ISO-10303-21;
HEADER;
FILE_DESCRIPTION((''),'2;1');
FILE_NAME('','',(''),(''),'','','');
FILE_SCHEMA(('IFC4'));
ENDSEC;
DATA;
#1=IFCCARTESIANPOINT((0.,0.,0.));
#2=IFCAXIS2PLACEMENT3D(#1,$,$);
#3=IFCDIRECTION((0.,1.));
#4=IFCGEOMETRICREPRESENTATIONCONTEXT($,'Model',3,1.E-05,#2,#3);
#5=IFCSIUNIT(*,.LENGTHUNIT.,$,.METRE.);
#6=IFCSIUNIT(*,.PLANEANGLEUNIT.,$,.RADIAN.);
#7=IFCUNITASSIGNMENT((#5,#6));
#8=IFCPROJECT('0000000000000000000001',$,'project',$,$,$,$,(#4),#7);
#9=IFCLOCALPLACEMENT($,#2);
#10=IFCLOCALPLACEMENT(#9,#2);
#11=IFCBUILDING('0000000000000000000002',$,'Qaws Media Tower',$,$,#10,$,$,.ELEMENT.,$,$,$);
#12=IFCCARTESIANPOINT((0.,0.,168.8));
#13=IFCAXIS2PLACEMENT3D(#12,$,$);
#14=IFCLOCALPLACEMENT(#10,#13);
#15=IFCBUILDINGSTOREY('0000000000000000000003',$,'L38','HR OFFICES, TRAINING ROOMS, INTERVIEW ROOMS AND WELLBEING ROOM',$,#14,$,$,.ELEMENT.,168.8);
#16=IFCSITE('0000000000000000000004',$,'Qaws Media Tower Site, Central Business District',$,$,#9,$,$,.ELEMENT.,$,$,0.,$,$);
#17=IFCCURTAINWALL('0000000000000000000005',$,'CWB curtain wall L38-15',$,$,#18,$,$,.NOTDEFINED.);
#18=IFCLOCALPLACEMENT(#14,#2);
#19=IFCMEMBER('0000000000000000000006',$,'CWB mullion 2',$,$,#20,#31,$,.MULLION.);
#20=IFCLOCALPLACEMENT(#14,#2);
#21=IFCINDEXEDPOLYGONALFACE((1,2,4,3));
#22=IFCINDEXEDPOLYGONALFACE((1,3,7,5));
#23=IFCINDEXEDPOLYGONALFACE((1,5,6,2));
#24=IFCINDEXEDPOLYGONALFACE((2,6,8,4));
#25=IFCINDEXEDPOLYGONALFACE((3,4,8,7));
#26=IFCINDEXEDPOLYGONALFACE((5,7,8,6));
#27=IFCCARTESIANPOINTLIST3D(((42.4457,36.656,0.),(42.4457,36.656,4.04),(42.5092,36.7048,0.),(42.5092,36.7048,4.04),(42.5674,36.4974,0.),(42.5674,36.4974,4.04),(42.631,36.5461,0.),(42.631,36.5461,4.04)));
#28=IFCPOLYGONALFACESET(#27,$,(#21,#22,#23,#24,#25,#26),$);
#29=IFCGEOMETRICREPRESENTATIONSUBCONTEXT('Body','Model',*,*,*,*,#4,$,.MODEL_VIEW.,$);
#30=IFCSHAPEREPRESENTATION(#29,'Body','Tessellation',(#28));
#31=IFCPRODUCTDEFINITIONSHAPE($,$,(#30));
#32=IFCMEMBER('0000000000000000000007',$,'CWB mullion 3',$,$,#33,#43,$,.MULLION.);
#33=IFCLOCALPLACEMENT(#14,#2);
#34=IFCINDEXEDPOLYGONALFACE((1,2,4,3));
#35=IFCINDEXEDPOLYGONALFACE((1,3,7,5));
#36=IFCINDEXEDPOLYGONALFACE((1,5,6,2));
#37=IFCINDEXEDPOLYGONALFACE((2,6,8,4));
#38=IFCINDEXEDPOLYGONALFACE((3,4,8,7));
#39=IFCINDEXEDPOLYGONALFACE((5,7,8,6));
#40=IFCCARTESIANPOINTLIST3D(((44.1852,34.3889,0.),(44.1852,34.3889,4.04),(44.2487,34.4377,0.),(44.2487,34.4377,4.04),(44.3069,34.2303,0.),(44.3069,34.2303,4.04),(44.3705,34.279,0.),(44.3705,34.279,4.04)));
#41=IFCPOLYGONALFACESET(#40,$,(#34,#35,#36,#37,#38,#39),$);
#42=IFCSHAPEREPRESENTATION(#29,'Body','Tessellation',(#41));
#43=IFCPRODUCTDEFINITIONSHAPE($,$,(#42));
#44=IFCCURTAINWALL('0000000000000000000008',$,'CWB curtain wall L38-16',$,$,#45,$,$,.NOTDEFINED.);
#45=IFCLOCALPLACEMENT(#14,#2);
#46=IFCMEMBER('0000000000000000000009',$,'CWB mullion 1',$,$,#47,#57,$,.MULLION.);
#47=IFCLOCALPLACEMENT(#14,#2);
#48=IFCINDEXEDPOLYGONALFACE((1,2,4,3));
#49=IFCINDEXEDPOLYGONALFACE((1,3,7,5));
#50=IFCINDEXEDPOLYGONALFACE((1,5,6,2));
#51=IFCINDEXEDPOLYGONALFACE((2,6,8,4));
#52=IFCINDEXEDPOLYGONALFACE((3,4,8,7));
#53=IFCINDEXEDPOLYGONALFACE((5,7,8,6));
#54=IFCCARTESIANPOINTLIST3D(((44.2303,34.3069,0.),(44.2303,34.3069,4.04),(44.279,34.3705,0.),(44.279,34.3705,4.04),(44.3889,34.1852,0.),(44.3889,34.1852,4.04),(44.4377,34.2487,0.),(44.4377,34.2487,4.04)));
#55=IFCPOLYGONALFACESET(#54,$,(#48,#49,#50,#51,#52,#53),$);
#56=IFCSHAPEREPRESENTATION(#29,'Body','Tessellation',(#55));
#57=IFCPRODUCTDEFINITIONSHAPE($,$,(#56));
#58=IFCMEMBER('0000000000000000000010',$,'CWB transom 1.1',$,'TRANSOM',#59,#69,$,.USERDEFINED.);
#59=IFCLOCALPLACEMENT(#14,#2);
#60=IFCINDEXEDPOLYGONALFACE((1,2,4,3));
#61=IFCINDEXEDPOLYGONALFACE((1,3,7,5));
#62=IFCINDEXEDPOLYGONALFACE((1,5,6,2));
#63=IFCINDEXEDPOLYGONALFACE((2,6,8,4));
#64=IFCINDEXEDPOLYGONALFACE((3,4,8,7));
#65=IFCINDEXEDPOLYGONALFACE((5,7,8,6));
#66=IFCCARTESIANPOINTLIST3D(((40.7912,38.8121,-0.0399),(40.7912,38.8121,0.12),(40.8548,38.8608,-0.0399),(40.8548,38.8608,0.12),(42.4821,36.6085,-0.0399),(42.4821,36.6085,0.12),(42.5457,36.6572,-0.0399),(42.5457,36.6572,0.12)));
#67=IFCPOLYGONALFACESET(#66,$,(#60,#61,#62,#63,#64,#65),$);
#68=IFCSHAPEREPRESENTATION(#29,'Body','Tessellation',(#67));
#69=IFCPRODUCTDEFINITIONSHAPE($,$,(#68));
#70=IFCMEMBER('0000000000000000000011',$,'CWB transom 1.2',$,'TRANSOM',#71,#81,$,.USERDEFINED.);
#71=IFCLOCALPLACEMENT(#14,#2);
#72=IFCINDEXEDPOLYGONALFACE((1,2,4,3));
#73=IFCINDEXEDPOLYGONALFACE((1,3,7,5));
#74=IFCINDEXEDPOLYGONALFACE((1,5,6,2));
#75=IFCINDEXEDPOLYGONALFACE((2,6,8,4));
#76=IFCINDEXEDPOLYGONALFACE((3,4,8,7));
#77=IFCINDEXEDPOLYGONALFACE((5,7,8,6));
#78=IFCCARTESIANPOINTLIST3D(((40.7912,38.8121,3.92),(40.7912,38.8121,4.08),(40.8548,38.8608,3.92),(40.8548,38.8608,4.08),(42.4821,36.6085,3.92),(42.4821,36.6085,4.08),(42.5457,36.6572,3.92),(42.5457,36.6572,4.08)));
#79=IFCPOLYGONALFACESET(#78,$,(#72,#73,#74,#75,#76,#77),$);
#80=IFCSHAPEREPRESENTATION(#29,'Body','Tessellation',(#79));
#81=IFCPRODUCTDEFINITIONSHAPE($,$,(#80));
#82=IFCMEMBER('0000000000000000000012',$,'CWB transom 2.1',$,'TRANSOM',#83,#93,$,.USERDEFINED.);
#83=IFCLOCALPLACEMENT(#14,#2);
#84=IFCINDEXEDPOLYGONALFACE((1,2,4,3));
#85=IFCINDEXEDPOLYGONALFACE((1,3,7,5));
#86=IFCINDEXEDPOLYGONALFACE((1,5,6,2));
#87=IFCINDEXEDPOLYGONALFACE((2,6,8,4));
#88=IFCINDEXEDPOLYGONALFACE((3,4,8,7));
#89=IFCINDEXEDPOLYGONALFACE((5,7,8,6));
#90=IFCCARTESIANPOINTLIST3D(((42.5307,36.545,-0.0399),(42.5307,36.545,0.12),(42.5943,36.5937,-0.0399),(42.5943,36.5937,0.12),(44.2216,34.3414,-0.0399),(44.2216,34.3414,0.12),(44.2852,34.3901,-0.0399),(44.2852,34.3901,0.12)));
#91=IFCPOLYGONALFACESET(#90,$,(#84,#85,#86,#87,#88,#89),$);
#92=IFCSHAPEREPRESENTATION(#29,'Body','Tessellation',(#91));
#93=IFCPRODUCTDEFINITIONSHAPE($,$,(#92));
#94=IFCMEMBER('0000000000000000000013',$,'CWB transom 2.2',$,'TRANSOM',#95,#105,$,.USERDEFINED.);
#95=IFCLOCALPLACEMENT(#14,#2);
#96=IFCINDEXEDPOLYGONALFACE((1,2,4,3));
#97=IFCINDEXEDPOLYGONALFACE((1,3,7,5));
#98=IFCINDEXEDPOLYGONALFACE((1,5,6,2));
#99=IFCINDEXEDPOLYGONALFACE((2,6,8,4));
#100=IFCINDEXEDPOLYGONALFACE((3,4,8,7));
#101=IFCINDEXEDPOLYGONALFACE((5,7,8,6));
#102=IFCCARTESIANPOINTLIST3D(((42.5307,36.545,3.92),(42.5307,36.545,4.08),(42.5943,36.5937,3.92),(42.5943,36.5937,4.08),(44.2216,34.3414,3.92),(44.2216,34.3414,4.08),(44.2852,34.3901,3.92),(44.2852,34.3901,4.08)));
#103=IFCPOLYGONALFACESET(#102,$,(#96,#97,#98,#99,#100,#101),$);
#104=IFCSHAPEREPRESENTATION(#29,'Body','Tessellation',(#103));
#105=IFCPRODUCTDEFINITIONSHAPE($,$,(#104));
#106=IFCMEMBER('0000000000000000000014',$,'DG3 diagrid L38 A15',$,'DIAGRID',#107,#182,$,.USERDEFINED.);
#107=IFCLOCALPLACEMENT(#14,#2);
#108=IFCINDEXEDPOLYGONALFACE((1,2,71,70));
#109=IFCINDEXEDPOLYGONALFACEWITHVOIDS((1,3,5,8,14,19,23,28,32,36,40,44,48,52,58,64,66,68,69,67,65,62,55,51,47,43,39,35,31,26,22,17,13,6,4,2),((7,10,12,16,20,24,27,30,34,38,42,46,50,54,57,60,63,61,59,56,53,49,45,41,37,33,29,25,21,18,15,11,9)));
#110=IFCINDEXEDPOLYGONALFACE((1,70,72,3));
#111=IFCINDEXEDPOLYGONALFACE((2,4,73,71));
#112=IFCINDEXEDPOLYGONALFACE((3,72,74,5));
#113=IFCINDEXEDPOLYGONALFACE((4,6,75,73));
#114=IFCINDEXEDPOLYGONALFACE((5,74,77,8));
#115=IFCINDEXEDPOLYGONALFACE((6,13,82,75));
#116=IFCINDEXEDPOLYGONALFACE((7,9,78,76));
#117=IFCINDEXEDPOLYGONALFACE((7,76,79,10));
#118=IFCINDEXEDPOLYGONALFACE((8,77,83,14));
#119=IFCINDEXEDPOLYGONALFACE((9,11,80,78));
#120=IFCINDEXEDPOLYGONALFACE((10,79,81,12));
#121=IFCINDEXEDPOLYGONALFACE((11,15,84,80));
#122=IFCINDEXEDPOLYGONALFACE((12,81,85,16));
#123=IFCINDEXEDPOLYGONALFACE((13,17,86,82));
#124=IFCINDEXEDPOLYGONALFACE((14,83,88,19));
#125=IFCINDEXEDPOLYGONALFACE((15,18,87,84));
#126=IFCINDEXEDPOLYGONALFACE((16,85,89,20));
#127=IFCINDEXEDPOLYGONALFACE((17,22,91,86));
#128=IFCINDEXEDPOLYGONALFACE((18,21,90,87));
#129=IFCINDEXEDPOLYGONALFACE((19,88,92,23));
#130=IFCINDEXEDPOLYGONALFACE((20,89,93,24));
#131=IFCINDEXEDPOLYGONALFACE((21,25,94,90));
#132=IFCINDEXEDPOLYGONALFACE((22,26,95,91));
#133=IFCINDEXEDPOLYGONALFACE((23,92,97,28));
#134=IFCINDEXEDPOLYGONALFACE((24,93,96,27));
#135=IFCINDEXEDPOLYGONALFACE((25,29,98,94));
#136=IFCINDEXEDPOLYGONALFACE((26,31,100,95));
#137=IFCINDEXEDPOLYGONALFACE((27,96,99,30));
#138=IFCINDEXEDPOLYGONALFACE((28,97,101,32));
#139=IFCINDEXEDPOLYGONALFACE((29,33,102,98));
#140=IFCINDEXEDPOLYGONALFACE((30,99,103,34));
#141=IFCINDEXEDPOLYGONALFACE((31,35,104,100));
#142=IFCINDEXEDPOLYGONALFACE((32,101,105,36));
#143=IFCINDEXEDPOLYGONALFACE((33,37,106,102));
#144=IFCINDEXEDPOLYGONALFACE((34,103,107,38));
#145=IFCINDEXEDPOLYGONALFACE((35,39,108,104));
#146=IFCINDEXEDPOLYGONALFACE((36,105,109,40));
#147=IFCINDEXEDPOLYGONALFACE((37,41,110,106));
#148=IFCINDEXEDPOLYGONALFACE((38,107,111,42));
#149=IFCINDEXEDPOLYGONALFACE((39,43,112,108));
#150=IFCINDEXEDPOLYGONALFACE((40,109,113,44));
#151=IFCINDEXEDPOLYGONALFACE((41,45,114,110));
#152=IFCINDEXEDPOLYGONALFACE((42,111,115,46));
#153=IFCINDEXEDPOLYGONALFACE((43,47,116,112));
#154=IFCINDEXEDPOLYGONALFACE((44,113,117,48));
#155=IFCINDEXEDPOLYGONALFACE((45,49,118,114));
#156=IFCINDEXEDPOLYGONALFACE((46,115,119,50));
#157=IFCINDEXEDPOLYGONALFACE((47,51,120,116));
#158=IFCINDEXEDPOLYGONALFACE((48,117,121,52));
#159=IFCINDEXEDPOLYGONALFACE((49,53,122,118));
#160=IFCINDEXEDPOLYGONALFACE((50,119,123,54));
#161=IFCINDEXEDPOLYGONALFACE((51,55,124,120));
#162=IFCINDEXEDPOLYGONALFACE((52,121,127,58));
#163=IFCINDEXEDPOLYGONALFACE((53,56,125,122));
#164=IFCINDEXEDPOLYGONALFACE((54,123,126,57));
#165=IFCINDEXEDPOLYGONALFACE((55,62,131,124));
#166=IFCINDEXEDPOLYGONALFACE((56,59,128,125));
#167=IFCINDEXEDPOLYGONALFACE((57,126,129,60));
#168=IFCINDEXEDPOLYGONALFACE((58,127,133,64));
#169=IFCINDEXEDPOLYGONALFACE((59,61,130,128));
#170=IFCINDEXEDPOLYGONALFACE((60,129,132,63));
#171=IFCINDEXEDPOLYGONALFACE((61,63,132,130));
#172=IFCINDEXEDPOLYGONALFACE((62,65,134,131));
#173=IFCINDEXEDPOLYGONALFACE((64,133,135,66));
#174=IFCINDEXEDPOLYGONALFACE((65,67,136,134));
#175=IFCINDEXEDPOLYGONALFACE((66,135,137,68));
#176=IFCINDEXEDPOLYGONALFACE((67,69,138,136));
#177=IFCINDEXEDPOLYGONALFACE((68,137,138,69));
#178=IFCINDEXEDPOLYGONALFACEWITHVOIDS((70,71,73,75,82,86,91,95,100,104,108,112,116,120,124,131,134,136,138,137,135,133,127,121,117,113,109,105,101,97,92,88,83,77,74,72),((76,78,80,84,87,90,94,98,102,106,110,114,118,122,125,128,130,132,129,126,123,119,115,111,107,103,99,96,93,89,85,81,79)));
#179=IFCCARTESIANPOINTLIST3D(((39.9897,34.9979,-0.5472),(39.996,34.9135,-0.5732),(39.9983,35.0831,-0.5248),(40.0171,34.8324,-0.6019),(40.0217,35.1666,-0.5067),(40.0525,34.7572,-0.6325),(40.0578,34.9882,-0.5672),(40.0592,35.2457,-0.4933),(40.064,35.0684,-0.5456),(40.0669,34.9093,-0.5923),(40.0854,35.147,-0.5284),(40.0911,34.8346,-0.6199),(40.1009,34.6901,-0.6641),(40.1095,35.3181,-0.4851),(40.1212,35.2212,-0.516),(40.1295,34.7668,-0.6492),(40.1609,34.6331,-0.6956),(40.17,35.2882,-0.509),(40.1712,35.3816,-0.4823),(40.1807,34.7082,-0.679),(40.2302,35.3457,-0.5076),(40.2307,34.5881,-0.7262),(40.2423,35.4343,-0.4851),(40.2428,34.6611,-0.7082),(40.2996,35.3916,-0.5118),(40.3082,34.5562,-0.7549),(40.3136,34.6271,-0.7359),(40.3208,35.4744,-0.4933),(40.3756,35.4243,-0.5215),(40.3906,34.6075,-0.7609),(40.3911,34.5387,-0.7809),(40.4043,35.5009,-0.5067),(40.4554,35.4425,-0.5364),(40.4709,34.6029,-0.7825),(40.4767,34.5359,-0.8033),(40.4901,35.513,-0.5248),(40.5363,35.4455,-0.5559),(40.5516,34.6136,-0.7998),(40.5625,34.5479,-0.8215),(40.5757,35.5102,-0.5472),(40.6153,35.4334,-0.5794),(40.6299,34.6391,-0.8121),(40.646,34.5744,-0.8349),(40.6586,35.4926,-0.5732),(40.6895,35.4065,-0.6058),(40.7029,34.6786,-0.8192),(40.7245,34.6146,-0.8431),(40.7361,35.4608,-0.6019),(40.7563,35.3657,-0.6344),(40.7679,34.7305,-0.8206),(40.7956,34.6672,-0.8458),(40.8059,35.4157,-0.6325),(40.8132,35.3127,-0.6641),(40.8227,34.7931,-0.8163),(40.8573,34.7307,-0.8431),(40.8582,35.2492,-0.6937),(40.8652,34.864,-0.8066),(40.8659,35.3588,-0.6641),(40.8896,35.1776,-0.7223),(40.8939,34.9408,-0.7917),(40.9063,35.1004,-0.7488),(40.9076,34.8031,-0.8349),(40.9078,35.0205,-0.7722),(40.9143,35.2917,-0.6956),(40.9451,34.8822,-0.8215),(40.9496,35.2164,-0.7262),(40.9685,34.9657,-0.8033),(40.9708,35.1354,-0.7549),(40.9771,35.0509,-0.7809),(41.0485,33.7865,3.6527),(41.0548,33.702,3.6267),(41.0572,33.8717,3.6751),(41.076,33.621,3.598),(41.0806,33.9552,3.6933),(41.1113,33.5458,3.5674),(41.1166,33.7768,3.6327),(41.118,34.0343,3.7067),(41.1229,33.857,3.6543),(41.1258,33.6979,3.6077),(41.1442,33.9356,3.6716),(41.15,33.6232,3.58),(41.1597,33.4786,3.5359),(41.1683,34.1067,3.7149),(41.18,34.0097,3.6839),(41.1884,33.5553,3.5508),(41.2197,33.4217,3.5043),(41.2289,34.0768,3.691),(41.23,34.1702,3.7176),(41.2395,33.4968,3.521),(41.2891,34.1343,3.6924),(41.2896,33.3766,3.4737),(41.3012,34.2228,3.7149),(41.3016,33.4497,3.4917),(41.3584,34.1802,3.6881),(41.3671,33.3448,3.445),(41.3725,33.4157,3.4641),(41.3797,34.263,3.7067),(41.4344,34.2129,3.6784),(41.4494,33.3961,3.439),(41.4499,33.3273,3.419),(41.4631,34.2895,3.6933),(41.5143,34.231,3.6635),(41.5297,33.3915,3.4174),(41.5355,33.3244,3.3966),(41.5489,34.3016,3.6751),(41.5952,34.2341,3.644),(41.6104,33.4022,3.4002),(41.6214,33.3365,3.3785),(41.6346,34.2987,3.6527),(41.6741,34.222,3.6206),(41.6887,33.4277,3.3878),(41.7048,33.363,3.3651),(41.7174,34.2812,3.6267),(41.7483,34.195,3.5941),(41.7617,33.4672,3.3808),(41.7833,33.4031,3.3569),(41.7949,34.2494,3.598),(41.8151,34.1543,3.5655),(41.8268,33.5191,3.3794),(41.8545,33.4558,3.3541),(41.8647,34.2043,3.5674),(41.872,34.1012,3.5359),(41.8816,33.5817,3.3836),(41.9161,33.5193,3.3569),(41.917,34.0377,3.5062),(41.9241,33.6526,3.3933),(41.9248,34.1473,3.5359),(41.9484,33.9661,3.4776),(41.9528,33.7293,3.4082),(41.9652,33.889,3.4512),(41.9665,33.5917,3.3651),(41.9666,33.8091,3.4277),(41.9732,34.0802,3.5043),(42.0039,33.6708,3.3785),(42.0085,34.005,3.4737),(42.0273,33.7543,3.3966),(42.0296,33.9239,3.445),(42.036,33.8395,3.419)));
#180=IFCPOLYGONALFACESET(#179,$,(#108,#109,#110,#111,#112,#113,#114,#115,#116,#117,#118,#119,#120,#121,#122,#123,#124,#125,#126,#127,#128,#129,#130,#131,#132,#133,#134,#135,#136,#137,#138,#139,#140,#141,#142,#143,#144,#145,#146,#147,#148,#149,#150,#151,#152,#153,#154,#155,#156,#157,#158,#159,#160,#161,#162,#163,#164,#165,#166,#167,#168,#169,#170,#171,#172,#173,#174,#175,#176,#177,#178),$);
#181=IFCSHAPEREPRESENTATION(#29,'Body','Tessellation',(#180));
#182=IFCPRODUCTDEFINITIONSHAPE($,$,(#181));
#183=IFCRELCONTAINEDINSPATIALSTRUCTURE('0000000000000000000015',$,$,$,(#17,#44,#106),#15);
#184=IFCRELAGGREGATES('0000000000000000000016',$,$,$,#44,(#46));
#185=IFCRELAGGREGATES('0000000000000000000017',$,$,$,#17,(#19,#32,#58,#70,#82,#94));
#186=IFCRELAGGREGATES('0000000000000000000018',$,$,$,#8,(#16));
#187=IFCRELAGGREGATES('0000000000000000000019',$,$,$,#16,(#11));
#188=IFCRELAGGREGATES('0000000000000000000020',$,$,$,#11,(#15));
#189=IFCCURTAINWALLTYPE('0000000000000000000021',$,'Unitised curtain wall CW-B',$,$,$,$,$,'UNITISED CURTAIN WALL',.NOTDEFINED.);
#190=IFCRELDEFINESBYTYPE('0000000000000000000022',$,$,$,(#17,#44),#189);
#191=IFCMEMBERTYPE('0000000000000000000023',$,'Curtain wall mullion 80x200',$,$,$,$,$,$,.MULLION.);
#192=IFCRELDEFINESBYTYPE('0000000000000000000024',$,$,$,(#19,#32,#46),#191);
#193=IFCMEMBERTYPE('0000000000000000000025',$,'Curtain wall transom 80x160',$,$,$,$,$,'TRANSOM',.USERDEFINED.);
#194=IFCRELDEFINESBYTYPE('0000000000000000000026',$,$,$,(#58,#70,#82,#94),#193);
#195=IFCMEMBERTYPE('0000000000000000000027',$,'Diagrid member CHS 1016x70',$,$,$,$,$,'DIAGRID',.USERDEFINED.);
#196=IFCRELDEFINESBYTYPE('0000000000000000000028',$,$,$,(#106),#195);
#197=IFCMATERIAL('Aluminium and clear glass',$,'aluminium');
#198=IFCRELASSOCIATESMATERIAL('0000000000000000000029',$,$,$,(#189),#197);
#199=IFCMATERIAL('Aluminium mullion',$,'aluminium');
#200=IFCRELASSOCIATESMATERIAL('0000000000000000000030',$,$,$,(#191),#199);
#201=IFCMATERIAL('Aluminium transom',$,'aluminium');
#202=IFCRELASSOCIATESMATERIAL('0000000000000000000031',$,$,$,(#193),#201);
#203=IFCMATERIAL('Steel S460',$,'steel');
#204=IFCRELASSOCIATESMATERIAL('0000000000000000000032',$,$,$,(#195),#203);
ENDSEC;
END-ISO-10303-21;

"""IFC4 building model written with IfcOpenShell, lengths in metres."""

from ifc_helpers import new_model, si_unit, direction, frame, origin, origin_2d, place, context, subcontext, project, spatial, rectangle, hollow_circle, extrude, material, material_profile, profile_set, type_object, element, aggregate, save


model = new_model("IFC4")

# Units and contexts
model_context = context("Model", 3, precision=1e-05, world=origin(), true_north=direction((0.0, 1.0)))
body_context = subcontext(model_context, "Body", "Model", "MODEL_VIEW")
ifc_project = project(units=[si_unit("LENGTHUNIT", "METRE"), si_unit("PLANEANGLEUNIT", "RADIAN")], contexts=[model_context])

# Site, building, storey
site_placement = place(None, origin())
site = spatial("IfcSite", under=ifc_project, at=site_placement, Name="Qaws Media Tower Site, Central Business District", CompositionType="ELEMENT", RefElevation=0.0)
building_placement = place(site_placement, origin())
building = spatial("IfcBuilding", under=site, at=building_placement, Name="Qaws Media Tower", CompositionType="ELEMENT")
storey_placement = place(building_placement, frame((0.0, 0.0, 168.8)))
storey = spatial("IfcBuildingStorey", under=building, at=storey_placement, Name="L38", Description="HR OFFICES, TRAINING ROOMS, INTERVIEW ROOMS AND WELLBEING ROOM", CompositionType="ELEMENT", Elevation=168.8)

# Shared definitions
ifc_material_1 = material(Name="Aluminium and clear glass", Category="aluminium")
curtain_wall_type = type_object("IfcCurtainWallType", Name="Unitised curtain wall CW-B", ElementType="UNITISED CURTAIN WALL", PredefinedType="NOTDEFINED", material=ifc_material_1)
ifc_material_2 = material(Name="Aluminium mullion", Category="aluminium")
ifc_material_profile_1 = material_profile(ifc_material_2, rectangle(XDim=0.0801, YDim=0.2, at=origin_2d()), Name="80x200")
ifc_profile_set_1 = profile_set([ifc_material_profile_1], Name="Aluminium mullion")
member_type_1 = type_object("IfcMemberType", Name="Curtain wall mullion 80x200", PredefinedType="MULLION", material=ifc_profile_set_1)

# Curtain wall, members
curtain_wall_1_placement = place(storey_placement, origin())
curtain_wall_1 = element("IfcCurtainWall", 1, at=curtain_wall_1_placement, inside=storey, type_object=curtain_wall_type, Name="CWB curtain wall L38-15", PredefinedType="NOTDEFINED")
member_1_placement = place(storey_placement, frame((42.5383, 36.6011, 0.0), z_axis=(0.0, 0.0, 1.0), x_axis=(0.793353, 0.608761, 0.0)))
member_1 = element("IfcMember", 2, at=member_1_placement, type_object=member_type_1, Name="CWB mullion 2", PredefinedType="MULLION", context=body_context, shape_type="SweptSolid", body=[
    extrude(rectangle(XDim=0.0801, YDim=0.2, at=origin_2d()), origin(), (0.0, 0.0, 1.0), 4.04),
])
member_2_placement = place(storey_placement, frame((44.2778, 34.334, 0.0), z_axis=(0.0, 0.0, 1.0), x_axis=(0.793353, 0.608761, 0.0)))
member_2 = element("IfcMember", 3, at=member_2_placement, type_object=member_type_1, Name="CWB mullion 3", PredefinedType="MULLION", context=body_context, shape_type="SweptSolid", body=[
    extrude(rectangle(XDim=0.0801, YDim=0.2, at=origin_2d()), origin(), (0.0, 0.0, 1.0), 4.04),
])

# Curtain wall, member
curtain_wall_2_placement = place(storey_placement, origin())
curtain_wall_2 = element("IfcCurtainWall", 4, at=curtain_wall_2_placement, inside=storey, type_object=curtain_wall_type, Name="CWB curtain wall L38-16", PredefinedType="NOTDEFINED")
member_3_placement = place(storey_placement, frame((44.334, 34.2778, 0.0), z_axis=(0.0, 0.0, 1.0), x_axis=(0.608761, 0.793353, 0.0)))
member_3 = element("IfcMember", 5, at=member_3_placement, type_object=member_type_1, Name="CWB mullion 1", PredefinedType="MULLION", context=body_context, shape_type="SweptSolid", body=[
    extrude(rectangle(XDim=0.0801, YDim=0.2, at=origin_2d()), origin(), (0.0, 0.0, 1.0), 4.04),
])
aggregate(curtain_wall_2, [member_3])

# Members
ifc_material_3 = material(Name="Aluminium transom", Category="aluminium")
ifc_material_profile_2 = material_profile(ifc_material_3, rectangle(XDim=0.0801, YDim=0.1599, at=origin_2d()), Name="80x160")
ifc_profile_set_2 = profile_set([ifc_material_profile_2], Name="Aluminium transom")
member_type_2 = type_object("IfcMemberType", Name="Curtain wall transom 80x160", ElementType="TRANSOM", PredefinedType="USERDEFINED", material=ifc_profile_set_2)
member_4_placement = place(storey_placement, frame((40.823, 38.8364, 0.04), z_axis=(0.608767, -0.793349, 0.0), x_axis=(0.793349, 0.608767, 0.0)))
member_4 = element("IfcMember", 6, at=member_4_placement, type_object=member_type_2, Name="CWB transom 1.1", ObjectType="TRANSOM", PredefinedType="USERDEFINED", context=body_context, shape_type="SweptSolid", body=[
    extrude(rectangle(XDim=0.0801, YDim=0.1599, at=origin_2d()), origin(), (0.0, 0.0, 1.0), 2.7776),
])
member_5_placement = place(storey_placement, frame((40.823, 38.8364, 4.0), z_axis=(0.608767, -0.793349, 0.0), x_axis=(0.793349, 0.608767, 0.0)))
member_5 = element("IfcMember", 7, at=member_5_placement, type_object=member_type_2, Name="CWB transom 1.2", ObjectType="TRANSOM", PredefinedType="USERDEFINED", context=body_context, shape_type="SweptSolid", body=[
    extrude(rectangle(XDim=0.0801, YDim=0.1599, at=origin_2d()), origin(), (0.0, 0.0, 1.0), 2.7776),
])
member_6_placement = place(storey_placement, frame((42.5625, 36.5693, 0.04), z_axis=(0.608767, -0.793349, 0.0), x_axis=(0.793349, 0.608767, 0.0)))
member_6 = element("IfcMember", 8, at=member_6_placement, type_object=member_type_2, Name="CWB transom 2.1", ObjectType="TRANSOM", PredefinedType="USERDEFINED", context=body_context, shape_type="SweptSolid", body=[
    extrude(rectangle(XDim=0.0801, YDim=0.1599, at=origin_2d()), origin(), (0.0, 0.0, 1.0), 2.7776),
])
member_7_placement = place(storey_placement, frame((42.5625, 36.5693, 4.0), z_axis=(0.608767, -0.793349, 0.0), x_axis=(0.793349, 0.608767, 0.0)))
member_7 = element("IfcMember", 9, at=member_7_placement, type_object=member_type_2, Name="CWB transom 2.2", ObjectType="TRANSOM", PredefinedType="USERDEFINED", context=body_context, shape_type="SweptSolid", body=[
    extrude(rectangle(XDim=0.0801, YDim=0.1599, at=origin_2d()), origin(), (0.0, 0.0, 1.0), 2.7776),
])

# Member
ifc_material_4 = material(Name="Steel S460", Category="steel")
ifc_material_profile_3 = material_profile(ifc_material_4, hollow_circle(Radius=0.5081, WallThickness=0.0701, at=origin_2d()), Name="CHS 1016x70")
ifc_profile_set_3 = profile_set([ifc_material_profile_3], Name="Steel S460")
member_type_3 = type_object("IfcMemberType", Name="Diagrid member CHS 1016x70", ElementType="DIAGRID", PredefinedType="USERDEFINED", material=ifc_profile_set_3)
for number, where, z_axis, x_axis, name in (
    (10, (40.4834, 35.0244, -0.6641), (0.235424, -0.26935, 0.933823), (0.752934, 0.658096, 0.0), "DG3 diagrid L38 A15"),
):
    element("IfcMember", number, at=place(storey_placement, frame(where, z_axis=z_axis, x_axis=x_axis)), inside=storey, type_object=member_type_3, Name=name, ObjectType="DIAGRID", PredefinedType="USERDEFINED", context=body_context, shape_type="SweptSolid", body=[
        extrude(hollow_circle(Radius=0.5081, WallThickness=0.0701, at=origin_2d()), origin(), (0.0, 0.0, 1.0), 4.4976),
    ])

aggregate(curtain_wall_1, [member_1, member_2, member_4, member_5, member_6, member_7])

save(model, "model.ifc")
